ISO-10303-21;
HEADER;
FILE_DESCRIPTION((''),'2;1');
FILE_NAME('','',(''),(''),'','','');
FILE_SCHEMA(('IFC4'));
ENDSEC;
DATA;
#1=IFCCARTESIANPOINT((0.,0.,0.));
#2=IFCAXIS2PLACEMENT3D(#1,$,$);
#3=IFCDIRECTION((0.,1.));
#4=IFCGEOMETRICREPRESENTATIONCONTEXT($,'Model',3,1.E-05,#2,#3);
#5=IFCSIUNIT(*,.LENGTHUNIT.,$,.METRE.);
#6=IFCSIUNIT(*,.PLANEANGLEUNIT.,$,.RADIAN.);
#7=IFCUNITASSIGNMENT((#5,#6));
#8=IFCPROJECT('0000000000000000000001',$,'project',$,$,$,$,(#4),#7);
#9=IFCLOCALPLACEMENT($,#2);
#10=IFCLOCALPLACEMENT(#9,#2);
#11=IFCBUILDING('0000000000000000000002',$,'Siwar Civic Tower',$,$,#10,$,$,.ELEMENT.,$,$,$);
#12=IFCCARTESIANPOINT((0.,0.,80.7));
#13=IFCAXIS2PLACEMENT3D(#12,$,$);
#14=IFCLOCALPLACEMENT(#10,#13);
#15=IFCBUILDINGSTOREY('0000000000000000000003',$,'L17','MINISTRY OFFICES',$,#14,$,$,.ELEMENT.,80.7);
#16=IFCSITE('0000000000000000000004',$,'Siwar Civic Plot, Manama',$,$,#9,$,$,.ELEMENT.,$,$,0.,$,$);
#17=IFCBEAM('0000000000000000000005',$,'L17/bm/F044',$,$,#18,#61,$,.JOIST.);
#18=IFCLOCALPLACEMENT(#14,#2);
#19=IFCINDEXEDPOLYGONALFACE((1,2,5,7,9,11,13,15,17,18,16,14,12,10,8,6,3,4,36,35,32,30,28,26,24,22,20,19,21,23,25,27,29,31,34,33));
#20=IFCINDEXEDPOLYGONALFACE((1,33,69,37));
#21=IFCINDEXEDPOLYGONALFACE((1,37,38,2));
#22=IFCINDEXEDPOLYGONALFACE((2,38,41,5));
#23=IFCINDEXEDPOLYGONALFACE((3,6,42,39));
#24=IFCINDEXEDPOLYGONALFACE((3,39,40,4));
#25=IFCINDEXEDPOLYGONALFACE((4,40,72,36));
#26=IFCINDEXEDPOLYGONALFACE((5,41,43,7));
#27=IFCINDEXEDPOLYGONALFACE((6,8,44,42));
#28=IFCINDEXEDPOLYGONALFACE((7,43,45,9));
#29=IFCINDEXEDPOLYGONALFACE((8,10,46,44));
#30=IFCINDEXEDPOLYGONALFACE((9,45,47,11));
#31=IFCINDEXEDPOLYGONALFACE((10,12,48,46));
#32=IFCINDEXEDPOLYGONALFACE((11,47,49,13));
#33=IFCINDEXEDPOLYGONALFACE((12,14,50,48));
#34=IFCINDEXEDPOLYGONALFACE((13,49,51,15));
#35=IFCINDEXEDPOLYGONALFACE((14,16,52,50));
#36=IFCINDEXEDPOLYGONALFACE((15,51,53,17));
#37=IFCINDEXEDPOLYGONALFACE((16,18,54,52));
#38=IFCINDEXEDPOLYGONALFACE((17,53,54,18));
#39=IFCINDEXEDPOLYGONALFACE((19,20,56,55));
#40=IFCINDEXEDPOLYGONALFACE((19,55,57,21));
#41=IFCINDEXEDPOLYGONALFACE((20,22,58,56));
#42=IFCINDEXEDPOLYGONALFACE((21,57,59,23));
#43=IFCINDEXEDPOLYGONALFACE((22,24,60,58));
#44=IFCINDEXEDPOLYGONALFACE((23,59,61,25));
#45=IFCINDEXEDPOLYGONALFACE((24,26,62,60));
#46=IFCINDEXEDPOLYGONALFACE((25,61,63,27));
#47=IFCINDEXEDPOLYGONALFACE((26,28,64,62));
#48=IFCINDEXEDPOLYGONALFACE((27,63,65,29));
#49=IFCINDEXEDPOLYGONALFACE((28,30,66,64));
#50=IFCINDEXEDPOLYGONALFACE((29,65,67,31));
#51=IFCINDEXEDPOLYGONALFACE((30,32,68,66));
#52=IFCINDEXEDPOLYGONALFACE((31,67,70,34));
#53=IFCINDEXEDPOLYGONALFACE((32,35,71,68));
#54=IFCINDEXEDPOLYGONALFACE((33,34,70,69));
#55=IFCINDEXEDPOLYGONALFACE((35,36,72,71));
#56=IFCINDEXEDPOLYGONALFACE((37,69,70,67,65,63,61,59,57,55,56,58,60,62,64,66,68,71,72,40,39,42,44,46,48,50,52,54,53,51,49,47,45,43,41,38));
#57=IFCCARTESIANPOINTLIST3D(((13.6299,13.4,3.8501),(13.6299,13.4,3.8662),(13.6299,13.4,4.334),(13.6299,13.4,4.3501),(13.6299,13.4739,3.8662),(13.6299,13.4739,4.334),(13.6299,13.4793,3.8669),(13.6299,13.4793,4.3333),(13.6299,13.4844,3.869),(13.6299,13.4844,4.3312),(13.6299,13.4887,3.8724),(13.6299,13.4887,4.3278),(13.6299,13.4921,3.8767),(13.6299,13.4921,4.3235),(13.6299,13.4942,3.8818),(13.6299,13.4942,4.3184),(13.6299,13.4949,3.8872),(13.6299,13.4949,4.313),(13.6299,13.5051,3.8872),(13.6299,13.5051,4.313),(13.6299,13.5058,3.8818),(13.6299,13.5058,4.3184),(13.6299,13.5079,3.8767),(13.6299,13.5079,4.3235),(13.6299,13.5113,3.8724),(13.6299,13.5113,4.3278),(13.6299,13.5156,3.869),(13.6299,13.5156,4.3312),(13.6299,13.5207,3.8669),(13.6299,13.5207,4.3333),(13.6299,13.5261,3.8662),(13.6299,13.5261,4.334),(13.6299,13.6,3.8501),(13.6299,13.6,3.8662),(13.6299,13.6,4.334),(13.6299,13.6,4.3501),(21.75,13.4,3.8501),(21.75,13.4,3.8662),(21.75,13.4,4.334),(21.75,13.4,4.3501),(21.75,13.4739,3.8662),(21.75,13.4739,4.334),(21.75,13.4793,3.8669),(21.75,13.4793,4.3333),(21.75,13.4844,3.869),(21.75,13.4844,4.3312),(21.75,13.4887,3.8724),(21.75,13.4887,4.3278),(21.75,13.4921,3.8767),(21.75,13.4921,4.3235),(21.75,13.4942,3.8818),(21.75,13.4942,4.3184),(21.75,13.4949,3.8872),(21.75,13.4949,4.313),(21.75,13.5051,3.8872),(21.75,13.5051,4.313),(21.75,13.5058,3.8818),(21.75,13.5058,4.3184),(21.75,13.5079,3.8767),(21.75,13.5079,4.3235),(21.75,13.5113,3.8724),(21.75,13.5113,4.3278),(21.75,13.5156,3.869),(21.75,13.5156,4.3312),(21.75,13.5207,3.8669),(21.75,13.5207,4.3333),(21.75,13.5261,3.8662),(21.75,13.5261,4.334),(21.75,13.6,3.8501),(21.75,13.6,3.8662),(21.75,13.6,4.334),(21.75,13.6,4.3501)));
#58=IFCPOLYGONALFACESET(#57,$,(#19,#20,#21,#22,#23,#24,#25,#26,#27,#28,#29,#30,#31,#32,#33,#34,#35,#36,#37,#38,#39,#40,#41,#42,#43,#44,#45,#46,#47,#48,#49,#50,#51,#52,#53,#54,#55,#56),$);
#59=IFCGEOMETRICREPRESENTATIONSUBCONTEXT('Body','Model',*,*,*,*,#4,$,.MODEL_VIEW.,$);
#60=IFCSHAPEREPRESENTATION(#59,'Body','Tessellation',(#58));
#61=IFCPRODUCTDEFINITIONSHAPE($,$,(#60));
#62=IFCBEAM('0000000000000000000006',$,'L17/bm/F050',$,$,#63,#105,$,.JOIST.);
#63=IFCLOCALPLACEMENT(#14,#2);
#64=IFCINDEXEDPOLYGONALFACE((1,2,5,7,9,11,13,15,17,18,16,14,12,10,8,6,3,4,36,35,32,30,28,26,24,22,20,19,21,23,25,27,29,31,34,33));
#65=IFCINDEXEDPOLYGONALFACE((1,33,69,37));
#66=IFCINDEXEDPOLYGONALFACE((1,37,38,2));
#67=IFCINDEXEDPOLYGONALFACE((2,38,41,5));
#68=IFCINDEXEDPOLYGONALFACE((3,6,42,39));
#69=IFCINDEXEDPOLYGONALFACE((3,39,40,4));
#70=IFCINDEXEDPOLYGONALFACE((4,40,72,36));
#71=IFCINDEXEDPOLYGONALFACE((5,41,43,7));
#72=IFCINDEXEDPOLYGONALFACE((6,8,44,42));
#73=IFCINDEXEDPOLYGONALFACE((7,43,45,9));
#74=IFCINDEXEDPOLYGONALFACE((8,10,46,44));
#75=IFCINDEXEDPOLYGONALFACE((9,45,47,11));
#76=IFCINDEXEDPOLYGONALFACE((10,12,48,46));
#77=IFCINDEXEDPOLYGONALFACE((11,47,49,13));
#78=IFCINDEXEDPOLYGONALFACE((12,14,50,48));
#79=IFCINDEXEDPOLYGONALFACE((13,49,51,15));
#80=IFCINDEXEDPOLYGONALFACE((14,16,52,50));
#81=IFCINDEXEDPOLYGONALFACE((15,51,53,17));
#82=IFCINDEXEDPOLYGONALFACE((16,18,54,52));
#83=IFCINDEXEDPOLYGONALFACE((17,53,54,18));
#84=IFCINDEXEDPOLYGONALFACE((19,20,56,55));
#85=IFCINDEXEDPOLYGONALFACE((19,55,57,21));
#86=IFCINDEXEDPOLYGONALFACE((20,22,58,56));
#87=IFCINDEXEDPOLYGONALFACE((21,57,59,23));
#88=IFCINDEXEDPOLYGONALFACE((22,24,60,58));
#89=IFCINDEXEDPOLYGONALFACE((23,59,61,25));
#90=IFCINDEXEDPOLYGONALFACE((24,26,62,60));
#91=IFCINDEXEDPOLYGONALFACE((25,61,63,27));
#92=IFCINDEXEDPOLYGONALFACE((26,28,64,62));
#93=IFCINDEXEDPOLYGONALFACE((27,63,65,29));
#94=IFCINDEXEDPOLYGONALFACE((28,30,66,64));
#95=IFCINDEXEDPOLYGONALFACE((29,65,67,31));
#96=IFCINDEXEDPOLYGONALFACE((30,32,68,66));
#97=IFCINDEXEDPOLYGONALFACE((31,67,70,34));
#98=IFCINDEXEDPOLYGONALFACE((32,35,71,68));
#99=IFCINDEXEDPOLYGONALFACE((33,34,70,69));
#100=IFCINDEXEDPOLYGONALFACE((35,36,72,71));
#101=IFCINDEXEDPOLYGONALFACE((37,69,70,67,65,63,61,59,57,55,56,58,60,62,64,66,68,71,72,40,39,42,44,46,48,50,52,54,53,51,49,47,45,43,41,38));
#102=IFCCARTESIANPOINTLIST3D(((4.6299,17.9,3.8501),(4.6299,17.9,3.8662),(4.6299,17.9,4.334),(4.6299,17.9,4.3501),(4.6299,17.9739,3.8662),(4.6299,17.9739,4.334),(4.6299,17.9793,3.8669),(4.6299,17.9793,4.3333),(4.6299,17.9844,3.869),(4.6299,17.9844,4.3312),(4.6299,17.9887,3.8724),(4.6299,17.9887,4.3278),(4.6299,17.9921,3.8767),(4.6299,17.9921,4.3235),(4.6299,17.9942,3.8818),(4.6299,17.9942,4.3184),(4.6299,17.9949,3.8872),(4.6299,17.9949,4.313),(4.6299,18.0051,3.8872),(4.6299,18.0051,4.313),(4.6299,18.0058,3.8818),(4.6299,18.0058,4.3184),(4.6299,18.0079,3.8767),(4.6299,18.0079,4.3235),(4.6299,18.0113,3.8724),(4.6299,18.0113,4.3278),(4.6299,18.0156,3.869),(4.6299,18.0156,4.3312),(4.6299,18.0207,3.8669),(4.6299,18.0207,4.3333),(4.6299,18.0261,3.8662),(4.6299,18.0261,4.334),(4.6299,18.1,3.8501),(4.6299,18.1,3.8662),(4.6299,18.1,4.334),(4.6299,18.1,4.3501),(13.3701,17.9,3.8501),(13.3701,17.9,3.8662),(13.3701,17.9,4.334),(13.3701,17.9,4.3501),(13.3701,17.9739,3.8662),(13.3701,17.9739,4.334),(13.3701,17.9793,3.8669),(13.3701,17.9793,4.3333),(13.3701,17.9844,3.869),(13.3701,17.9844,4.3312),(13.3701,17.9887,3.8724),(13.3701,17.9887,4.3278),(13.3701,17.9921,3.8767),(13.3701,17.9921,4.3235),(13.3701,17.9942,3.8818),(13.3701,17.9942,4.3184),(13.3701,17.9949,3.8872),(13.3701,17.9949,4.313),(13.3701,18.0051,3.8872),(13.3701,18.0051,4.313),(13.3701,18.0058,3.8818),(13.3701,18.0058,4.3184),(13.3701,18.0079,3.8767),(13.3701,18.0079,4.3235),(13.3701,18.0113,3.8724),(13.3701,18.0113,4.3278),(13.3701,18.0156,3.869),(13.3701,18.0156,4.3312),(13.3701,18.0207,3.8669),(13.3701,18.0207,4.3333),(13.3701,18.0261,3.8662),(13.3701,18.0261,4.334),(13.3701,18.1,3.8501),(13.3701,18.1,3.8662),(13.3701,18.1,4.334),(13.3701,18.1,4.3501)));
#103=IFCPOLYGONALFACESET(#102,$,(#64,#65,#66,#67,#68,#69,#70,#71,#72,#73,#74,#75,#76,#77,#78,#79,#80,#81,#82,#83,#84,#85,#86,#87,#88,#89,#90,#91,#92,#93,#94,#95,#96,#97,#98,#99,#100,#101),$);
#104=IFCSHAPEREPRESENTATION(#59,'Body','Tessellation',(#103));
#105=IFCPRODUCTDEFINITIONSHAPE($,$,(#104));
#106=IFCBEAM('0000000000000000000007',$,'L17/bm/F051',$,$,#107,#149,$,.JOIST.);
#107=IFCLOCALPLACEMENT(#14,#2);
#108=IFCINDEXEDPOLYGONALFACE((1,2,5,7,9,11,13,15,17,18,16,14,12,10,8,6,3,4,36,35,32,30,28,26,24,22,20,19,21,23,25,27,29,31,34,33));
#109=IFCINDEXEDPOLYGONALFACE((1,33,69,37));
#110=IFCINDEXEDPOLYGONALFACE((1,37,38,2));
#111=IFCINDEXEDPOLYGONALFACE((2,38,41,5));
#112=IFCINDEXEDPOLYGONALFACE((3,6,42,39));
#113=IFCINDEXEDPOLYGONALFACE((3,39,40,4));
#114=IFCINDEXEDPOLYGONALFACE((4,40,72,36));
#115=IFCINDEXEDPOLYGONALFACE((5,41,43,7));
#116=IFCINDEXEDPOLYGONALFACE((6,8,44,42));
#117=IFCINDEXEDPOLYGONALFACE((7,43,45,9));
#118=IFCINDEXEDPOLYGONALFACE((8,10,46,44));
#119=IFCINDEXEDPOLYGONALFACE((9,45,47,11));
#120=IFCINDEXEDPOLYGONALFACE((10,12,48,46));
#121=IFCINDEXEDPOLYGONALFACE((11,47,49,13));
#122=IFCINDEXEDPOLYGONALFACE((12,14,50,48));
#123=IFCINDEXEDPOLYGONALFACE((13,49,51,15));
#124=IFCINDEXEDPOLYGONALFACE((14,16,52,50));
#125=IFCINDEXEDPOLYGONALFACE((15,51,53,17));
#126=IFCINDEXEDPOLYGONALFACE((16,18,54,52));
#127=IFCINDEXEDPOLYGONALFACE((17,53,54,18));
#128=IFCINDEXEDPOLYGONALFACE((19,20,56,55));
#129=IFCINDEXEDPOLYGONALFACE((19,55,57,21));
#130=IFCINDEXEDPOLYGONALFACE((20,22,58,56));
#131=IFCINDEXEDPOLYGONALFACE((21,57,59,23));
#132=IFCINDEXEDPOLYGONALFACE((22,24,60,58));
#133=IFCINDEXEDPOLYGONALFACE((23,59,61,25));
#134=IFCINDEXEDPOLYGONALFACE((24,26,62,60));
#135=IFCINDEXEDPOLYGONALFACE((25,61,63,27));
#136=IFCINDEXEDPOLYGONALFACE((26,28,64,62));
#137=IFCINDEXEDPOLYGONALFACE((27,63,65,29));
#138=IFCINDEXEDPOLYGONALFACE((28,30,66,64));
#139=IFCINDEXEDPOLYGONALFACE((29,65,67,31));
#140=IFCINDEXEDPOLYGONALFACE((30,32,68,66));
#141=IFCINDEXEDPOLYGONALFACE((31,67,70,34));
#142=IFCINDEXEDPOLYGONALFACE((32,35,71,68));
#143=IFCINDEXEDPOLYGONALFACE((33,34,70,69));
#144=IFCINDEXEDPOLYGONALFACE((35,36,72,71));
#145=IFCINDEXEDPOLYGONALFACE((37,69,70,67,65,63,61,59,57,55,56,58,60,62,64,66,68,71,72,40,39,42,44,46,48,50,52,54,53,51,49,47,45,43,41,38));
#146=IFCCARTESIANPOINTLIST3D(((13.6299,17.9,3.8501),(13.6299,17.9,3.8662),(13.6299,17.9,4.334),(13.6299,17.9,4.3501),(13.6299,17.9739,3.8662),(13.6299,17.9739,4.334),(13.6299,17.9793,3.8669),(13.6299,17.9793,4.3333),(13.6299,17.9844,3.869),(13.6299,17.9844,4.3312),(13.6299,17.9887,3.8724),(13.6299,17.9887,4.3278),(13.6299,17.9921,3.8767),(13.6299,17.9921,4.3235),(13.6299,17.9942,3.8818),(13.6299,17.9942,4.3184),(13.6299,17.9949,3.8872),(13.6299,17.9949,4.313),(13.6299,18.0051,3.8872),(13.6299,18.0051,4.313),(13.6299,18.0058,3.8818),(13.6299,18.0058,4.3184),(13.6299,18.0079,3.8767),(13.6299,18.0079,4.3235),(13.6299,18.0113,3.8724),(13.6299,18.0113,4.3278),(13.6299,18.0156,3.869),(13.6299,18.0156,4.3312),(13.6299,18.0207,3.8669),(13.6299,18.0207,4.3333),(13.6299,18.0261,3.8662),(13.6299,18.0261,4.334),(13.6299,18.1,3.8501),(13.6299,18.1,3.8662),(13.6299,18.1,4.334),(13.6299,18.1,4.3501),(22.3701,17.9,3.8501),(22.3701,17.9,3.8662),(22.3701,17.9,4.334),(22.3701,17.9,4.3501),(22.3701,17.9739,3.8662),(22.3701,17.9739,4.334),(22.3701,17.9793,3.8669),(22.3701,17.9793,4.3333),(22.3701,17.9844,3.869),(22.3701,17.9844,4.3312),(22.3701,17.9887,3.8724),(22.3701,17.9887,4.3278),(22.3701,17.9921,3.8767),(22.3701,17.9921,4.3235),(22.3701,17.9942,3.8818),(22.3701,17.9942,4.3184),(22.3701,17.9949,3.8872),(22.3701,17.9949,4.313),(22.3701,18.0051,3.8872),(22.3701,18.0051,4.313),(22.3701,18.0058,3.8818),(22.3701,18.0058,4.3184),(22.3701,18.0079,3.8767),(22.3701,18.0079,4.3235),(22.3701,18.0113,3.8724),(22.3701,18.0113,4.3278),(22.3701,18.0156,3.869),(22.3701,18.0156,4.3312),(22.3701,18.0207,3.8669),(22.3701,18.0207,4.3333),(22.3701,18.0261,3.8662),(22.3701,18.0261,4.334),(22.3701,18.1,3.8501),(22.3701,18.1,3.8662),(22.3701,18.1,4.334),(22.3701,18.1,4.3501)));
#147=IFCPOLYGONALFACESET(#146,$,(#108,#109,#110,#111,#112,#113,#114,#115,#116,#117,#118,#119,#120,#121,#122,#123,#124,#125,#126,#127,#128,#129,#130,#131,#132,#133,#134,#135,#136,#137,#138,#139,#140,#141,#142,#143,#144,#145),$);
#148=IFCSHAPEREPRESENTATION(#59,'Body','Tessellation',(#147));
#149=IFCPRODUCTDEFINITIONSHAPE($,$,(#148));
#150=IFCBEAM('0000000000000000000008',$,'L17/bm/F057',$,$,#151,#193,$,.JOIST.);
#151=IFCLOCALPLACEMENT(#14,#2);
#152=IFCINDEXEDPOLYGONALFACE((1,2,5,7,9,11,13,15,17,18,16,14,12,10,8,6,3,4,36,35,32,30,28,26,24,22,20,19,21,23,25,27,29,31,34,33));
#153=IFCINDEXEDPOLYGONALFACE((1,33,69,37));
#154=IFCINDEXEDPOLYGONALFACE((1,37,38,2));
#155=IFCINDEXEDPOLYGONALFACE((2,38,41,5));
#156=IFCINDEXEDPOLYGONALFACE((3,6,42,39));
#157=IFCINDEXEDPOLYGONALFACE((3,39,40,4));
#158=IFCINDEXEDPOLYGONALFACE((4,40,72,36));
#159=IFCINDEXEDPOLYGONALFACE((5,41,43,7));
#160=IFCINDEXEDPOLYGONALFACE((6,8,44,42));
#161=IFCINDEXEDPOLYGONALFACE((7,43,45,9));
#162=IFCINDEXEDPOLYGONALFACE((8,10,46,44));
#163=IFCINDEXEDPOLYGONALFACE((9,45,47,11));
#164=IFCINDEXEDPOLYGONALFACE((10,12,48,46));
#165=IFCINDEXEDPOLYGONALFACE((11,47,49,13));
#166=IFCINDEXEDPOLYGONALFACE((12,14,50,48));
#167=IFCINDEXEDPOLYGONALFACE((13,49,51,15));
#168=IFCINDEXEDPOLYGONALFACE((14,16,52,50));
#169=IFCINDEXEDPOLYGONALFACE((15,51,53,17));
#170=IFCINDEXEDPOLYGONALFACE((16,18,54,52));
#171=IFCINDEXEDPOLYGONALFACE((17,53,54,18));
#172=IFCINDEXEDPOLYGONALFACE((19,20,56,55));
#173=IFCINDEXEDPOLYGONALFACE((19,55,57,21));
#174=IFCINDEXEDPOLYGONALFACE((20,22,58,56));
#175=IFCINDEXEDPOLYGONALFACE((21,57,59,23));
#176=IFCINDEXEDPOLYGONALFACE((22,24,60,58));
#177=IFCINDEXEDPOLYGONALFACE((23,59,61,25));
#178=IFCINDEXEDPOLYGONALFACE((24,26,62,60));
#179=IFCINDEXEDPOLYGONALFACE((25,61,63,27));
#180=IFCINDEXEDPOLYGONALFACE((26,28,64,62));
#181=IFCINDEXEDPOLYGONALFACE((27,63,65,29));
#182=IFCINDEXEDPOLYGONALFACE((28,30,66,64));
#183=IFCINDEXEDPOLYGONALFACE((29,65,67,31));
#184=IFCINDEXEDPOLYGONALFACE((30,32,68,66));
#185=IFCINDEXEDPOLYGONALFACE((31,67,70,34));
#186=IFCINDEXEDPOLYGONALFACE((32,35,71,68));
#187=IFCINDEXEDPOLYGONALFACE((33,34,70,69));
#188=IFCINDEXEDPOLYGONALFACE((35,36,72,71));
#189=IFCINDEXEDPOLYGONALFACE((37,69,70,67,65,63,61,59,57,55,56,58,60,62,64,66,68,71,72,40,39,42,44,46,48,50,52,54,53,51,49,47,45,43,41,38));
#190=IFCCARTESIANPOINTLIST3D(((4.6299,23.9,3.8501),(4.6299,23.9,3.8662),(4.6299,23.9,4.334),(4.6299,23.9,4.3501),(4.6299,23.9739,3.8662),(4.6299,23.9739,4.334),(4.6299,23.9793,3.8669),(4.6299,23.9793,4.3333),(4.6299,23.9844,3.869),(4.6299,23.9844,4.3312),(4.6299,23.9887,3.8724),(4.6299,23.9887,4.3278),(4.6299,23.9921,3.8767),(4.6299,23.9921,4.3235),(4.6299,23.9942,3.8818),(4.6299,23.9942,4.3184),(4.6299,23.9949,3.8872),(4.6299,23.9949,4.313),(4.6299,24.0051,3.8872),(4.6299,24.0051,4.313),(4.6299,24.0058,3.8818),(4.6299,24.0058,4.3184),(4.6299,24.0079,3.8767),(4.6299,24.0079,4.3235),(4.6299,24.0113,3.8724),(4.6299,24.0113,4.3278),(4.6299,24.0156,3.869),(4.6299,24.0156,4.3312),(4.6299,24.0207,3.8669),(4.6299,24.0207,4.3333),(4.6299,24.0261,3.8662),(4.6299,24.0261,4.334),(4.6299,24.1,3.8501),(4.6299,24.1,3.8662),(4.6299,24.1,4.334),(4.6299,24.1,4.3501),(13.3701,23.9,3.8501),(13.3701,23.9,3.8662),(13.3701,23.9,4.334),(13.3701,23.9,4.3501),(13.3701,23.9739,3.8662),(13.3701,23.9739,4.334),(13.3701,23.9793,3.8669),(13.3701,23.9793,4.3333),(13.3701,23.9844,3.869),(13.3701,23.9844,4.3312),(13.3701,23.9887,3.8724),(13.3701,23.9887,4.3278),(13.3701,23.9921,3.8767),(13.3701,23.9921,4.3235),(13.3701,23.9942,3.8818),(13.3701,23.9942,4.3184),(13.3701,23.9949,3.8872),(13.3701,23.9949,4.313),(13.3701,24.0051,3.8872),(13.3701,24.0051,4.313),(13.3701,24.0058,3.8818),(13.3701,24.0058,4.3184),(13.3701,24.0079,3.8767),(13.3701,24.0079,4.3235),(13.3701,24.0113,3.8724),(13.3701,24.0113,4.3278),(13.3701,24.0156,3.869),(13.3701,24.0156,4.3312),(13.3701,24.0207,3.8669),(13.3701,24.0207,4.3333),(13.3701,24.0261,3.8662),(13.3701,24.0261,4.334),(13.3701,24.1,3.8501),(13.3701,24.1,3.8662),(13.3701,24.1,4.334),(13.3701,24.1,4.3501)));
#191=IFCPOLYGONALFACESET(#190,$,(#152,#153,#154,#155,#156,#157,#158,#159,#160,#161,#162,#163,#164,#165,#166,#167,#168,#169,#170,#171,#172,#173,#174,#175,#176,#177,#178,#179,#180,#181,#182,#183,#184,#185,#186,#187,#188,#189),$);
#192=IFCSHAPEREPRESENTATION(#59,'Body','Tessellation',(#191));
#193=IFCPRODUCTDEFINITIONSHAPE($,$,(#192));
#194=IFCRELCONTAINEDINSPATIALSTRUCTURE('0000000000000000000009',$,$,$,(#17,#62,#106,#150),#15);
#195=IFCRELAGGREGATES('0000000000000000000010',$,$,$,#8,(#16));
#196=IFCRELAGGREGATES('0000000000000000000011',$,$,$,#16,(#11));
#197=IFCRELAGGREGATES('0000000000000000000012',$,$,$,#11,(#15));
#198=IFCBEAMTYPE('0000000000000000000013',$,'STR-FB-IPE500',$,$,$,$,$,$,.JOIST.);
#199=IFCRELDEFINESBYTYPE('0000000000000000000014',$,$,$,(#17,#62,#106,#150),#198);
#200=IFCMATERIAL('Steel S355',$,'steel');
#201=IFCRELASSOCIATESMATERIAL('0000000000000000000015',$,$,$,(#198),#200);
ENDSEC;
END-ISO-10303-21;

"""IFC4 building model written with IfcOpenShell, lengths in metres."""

from ifc_helpers import new_model, si_unit, direction, frame, origin, origin_2d, place, context, subcontext, project, spatial, i_section, extrude, material, material_profile, profile_set, type_object, element, save


model = new_model("IFC4")

# Units and contexts
model_context = context("Model", 3, precision=1e-05, world=origin(), true_north=direction((0.0, 1.0)))
body_context = subcontext(model_context, "Body", "Model", "MODEL_VIEW")
ifc_project = project(units=[si_unit("LENGTHUNIT", "METRE"), si_unit("PLANEANGLEUNIT", "RADIAN")], contexts=[model_context])

# Site, building, storey
site_placement = place(None, origin())
site = spatial("IfcSite", under=ifc_project, at=site_placement, Name="Siwar Civic Plot, Manama", CompositionType="ELEMENT", RefElevation=0.0)
building_placement = place(site_placement, origin())
building = spatial("IfcBuilding", under=site, at=building_placement, Name="Siwar Civic Tower", CompositionType="ELEMENT")
storey_placement = place(building_placement, frame((0.0, 0.0, 80.7)))
storey = spatial("IfcBuildingStorey", under=building, at=storey_placement, Name="L17", Description="MINISTRY OFFICES", CompositionType="ELEMENT", Elevation=80.7)

# Beams
ifc_material_1 = material(Name="Steel S355", Category="steel")
ifc_material_profile_1 = material_profile(ifc_material_1, i_section(OverallWidth=0.2, OverallDepth=0.5, WebThickness=0.0103, FlangeThickness=0.0161, FilletRadius=0.021, at=origin_2d()), Name="IPE500")
ifc_profile_set_1 = profile_set([ifc_material_profile_1], Name="Steel S355")
beam_type_1 = type_object("IfcBeamType", Name="STR-FB-IPE500", PredefinedType="JOIST", material=ifc_profile_set_1)
beam_1_placement = place(storey_placement, frame((13.6299, 13.5, 4.1001), z_axis=(1.0, 0.0, 0.0), x_axis=(0.0, 1.0, 0.0)))
element("IfcBeam", 1, at=beam_1_placement, inside=storey, type_object=beam_type_1, Name="L17/bm/F044", PredefinedType="JOIST", context=body_context, shape_type="SweptSolid", body=[
    extrude(i_section(OverallWidth=0.2, OverallDepth=0.5, WebThickness=0.0103, FlangeThickness=0.0161, FilletRadius=0.021, at=origin_2d()), origin(), (0.0, 0.0, 1.0), 8.1201),
])
for number, where, z_axis, x_axis, name in (
    (2, (4.6299, 18.0, 4.1001), (1.0, 0.0, 0.0), (0.0, 1.0, 0.0), "L17/bm/F050"),
    (3, (13.6299, 18.0, 4.1001), (1.0, 0.0, 0.0), (0.0, 1.0, 0.0), "L17/bm/F051"),
    (4, (4.6299, 24.0, 4.1001), (1.0, 0.0, 0.0), (0.0, 1.0, 0.0), "L17/bm/F057"),
):
    element("IfcBeam", number, at=place(storey_placement, frame(where, z_axis=z_axis, x_axis=x_axis)), inside=storey, type_object=beam_type_1, Name=name, PredefinedType="JOIST", context=body_context, shape_type="SweptSolid", body=[
        extrude(i_section(OverallWidth=0.2, OverallDepth=0.5, WebThickness=0.0103, FlangeThickness=0.0161, FilletRadius=0.021, at=origin_2d()), origin(), (0.0, 0.0, 1.0), 8.7402),
    ])

save(model, "model.ifc")
